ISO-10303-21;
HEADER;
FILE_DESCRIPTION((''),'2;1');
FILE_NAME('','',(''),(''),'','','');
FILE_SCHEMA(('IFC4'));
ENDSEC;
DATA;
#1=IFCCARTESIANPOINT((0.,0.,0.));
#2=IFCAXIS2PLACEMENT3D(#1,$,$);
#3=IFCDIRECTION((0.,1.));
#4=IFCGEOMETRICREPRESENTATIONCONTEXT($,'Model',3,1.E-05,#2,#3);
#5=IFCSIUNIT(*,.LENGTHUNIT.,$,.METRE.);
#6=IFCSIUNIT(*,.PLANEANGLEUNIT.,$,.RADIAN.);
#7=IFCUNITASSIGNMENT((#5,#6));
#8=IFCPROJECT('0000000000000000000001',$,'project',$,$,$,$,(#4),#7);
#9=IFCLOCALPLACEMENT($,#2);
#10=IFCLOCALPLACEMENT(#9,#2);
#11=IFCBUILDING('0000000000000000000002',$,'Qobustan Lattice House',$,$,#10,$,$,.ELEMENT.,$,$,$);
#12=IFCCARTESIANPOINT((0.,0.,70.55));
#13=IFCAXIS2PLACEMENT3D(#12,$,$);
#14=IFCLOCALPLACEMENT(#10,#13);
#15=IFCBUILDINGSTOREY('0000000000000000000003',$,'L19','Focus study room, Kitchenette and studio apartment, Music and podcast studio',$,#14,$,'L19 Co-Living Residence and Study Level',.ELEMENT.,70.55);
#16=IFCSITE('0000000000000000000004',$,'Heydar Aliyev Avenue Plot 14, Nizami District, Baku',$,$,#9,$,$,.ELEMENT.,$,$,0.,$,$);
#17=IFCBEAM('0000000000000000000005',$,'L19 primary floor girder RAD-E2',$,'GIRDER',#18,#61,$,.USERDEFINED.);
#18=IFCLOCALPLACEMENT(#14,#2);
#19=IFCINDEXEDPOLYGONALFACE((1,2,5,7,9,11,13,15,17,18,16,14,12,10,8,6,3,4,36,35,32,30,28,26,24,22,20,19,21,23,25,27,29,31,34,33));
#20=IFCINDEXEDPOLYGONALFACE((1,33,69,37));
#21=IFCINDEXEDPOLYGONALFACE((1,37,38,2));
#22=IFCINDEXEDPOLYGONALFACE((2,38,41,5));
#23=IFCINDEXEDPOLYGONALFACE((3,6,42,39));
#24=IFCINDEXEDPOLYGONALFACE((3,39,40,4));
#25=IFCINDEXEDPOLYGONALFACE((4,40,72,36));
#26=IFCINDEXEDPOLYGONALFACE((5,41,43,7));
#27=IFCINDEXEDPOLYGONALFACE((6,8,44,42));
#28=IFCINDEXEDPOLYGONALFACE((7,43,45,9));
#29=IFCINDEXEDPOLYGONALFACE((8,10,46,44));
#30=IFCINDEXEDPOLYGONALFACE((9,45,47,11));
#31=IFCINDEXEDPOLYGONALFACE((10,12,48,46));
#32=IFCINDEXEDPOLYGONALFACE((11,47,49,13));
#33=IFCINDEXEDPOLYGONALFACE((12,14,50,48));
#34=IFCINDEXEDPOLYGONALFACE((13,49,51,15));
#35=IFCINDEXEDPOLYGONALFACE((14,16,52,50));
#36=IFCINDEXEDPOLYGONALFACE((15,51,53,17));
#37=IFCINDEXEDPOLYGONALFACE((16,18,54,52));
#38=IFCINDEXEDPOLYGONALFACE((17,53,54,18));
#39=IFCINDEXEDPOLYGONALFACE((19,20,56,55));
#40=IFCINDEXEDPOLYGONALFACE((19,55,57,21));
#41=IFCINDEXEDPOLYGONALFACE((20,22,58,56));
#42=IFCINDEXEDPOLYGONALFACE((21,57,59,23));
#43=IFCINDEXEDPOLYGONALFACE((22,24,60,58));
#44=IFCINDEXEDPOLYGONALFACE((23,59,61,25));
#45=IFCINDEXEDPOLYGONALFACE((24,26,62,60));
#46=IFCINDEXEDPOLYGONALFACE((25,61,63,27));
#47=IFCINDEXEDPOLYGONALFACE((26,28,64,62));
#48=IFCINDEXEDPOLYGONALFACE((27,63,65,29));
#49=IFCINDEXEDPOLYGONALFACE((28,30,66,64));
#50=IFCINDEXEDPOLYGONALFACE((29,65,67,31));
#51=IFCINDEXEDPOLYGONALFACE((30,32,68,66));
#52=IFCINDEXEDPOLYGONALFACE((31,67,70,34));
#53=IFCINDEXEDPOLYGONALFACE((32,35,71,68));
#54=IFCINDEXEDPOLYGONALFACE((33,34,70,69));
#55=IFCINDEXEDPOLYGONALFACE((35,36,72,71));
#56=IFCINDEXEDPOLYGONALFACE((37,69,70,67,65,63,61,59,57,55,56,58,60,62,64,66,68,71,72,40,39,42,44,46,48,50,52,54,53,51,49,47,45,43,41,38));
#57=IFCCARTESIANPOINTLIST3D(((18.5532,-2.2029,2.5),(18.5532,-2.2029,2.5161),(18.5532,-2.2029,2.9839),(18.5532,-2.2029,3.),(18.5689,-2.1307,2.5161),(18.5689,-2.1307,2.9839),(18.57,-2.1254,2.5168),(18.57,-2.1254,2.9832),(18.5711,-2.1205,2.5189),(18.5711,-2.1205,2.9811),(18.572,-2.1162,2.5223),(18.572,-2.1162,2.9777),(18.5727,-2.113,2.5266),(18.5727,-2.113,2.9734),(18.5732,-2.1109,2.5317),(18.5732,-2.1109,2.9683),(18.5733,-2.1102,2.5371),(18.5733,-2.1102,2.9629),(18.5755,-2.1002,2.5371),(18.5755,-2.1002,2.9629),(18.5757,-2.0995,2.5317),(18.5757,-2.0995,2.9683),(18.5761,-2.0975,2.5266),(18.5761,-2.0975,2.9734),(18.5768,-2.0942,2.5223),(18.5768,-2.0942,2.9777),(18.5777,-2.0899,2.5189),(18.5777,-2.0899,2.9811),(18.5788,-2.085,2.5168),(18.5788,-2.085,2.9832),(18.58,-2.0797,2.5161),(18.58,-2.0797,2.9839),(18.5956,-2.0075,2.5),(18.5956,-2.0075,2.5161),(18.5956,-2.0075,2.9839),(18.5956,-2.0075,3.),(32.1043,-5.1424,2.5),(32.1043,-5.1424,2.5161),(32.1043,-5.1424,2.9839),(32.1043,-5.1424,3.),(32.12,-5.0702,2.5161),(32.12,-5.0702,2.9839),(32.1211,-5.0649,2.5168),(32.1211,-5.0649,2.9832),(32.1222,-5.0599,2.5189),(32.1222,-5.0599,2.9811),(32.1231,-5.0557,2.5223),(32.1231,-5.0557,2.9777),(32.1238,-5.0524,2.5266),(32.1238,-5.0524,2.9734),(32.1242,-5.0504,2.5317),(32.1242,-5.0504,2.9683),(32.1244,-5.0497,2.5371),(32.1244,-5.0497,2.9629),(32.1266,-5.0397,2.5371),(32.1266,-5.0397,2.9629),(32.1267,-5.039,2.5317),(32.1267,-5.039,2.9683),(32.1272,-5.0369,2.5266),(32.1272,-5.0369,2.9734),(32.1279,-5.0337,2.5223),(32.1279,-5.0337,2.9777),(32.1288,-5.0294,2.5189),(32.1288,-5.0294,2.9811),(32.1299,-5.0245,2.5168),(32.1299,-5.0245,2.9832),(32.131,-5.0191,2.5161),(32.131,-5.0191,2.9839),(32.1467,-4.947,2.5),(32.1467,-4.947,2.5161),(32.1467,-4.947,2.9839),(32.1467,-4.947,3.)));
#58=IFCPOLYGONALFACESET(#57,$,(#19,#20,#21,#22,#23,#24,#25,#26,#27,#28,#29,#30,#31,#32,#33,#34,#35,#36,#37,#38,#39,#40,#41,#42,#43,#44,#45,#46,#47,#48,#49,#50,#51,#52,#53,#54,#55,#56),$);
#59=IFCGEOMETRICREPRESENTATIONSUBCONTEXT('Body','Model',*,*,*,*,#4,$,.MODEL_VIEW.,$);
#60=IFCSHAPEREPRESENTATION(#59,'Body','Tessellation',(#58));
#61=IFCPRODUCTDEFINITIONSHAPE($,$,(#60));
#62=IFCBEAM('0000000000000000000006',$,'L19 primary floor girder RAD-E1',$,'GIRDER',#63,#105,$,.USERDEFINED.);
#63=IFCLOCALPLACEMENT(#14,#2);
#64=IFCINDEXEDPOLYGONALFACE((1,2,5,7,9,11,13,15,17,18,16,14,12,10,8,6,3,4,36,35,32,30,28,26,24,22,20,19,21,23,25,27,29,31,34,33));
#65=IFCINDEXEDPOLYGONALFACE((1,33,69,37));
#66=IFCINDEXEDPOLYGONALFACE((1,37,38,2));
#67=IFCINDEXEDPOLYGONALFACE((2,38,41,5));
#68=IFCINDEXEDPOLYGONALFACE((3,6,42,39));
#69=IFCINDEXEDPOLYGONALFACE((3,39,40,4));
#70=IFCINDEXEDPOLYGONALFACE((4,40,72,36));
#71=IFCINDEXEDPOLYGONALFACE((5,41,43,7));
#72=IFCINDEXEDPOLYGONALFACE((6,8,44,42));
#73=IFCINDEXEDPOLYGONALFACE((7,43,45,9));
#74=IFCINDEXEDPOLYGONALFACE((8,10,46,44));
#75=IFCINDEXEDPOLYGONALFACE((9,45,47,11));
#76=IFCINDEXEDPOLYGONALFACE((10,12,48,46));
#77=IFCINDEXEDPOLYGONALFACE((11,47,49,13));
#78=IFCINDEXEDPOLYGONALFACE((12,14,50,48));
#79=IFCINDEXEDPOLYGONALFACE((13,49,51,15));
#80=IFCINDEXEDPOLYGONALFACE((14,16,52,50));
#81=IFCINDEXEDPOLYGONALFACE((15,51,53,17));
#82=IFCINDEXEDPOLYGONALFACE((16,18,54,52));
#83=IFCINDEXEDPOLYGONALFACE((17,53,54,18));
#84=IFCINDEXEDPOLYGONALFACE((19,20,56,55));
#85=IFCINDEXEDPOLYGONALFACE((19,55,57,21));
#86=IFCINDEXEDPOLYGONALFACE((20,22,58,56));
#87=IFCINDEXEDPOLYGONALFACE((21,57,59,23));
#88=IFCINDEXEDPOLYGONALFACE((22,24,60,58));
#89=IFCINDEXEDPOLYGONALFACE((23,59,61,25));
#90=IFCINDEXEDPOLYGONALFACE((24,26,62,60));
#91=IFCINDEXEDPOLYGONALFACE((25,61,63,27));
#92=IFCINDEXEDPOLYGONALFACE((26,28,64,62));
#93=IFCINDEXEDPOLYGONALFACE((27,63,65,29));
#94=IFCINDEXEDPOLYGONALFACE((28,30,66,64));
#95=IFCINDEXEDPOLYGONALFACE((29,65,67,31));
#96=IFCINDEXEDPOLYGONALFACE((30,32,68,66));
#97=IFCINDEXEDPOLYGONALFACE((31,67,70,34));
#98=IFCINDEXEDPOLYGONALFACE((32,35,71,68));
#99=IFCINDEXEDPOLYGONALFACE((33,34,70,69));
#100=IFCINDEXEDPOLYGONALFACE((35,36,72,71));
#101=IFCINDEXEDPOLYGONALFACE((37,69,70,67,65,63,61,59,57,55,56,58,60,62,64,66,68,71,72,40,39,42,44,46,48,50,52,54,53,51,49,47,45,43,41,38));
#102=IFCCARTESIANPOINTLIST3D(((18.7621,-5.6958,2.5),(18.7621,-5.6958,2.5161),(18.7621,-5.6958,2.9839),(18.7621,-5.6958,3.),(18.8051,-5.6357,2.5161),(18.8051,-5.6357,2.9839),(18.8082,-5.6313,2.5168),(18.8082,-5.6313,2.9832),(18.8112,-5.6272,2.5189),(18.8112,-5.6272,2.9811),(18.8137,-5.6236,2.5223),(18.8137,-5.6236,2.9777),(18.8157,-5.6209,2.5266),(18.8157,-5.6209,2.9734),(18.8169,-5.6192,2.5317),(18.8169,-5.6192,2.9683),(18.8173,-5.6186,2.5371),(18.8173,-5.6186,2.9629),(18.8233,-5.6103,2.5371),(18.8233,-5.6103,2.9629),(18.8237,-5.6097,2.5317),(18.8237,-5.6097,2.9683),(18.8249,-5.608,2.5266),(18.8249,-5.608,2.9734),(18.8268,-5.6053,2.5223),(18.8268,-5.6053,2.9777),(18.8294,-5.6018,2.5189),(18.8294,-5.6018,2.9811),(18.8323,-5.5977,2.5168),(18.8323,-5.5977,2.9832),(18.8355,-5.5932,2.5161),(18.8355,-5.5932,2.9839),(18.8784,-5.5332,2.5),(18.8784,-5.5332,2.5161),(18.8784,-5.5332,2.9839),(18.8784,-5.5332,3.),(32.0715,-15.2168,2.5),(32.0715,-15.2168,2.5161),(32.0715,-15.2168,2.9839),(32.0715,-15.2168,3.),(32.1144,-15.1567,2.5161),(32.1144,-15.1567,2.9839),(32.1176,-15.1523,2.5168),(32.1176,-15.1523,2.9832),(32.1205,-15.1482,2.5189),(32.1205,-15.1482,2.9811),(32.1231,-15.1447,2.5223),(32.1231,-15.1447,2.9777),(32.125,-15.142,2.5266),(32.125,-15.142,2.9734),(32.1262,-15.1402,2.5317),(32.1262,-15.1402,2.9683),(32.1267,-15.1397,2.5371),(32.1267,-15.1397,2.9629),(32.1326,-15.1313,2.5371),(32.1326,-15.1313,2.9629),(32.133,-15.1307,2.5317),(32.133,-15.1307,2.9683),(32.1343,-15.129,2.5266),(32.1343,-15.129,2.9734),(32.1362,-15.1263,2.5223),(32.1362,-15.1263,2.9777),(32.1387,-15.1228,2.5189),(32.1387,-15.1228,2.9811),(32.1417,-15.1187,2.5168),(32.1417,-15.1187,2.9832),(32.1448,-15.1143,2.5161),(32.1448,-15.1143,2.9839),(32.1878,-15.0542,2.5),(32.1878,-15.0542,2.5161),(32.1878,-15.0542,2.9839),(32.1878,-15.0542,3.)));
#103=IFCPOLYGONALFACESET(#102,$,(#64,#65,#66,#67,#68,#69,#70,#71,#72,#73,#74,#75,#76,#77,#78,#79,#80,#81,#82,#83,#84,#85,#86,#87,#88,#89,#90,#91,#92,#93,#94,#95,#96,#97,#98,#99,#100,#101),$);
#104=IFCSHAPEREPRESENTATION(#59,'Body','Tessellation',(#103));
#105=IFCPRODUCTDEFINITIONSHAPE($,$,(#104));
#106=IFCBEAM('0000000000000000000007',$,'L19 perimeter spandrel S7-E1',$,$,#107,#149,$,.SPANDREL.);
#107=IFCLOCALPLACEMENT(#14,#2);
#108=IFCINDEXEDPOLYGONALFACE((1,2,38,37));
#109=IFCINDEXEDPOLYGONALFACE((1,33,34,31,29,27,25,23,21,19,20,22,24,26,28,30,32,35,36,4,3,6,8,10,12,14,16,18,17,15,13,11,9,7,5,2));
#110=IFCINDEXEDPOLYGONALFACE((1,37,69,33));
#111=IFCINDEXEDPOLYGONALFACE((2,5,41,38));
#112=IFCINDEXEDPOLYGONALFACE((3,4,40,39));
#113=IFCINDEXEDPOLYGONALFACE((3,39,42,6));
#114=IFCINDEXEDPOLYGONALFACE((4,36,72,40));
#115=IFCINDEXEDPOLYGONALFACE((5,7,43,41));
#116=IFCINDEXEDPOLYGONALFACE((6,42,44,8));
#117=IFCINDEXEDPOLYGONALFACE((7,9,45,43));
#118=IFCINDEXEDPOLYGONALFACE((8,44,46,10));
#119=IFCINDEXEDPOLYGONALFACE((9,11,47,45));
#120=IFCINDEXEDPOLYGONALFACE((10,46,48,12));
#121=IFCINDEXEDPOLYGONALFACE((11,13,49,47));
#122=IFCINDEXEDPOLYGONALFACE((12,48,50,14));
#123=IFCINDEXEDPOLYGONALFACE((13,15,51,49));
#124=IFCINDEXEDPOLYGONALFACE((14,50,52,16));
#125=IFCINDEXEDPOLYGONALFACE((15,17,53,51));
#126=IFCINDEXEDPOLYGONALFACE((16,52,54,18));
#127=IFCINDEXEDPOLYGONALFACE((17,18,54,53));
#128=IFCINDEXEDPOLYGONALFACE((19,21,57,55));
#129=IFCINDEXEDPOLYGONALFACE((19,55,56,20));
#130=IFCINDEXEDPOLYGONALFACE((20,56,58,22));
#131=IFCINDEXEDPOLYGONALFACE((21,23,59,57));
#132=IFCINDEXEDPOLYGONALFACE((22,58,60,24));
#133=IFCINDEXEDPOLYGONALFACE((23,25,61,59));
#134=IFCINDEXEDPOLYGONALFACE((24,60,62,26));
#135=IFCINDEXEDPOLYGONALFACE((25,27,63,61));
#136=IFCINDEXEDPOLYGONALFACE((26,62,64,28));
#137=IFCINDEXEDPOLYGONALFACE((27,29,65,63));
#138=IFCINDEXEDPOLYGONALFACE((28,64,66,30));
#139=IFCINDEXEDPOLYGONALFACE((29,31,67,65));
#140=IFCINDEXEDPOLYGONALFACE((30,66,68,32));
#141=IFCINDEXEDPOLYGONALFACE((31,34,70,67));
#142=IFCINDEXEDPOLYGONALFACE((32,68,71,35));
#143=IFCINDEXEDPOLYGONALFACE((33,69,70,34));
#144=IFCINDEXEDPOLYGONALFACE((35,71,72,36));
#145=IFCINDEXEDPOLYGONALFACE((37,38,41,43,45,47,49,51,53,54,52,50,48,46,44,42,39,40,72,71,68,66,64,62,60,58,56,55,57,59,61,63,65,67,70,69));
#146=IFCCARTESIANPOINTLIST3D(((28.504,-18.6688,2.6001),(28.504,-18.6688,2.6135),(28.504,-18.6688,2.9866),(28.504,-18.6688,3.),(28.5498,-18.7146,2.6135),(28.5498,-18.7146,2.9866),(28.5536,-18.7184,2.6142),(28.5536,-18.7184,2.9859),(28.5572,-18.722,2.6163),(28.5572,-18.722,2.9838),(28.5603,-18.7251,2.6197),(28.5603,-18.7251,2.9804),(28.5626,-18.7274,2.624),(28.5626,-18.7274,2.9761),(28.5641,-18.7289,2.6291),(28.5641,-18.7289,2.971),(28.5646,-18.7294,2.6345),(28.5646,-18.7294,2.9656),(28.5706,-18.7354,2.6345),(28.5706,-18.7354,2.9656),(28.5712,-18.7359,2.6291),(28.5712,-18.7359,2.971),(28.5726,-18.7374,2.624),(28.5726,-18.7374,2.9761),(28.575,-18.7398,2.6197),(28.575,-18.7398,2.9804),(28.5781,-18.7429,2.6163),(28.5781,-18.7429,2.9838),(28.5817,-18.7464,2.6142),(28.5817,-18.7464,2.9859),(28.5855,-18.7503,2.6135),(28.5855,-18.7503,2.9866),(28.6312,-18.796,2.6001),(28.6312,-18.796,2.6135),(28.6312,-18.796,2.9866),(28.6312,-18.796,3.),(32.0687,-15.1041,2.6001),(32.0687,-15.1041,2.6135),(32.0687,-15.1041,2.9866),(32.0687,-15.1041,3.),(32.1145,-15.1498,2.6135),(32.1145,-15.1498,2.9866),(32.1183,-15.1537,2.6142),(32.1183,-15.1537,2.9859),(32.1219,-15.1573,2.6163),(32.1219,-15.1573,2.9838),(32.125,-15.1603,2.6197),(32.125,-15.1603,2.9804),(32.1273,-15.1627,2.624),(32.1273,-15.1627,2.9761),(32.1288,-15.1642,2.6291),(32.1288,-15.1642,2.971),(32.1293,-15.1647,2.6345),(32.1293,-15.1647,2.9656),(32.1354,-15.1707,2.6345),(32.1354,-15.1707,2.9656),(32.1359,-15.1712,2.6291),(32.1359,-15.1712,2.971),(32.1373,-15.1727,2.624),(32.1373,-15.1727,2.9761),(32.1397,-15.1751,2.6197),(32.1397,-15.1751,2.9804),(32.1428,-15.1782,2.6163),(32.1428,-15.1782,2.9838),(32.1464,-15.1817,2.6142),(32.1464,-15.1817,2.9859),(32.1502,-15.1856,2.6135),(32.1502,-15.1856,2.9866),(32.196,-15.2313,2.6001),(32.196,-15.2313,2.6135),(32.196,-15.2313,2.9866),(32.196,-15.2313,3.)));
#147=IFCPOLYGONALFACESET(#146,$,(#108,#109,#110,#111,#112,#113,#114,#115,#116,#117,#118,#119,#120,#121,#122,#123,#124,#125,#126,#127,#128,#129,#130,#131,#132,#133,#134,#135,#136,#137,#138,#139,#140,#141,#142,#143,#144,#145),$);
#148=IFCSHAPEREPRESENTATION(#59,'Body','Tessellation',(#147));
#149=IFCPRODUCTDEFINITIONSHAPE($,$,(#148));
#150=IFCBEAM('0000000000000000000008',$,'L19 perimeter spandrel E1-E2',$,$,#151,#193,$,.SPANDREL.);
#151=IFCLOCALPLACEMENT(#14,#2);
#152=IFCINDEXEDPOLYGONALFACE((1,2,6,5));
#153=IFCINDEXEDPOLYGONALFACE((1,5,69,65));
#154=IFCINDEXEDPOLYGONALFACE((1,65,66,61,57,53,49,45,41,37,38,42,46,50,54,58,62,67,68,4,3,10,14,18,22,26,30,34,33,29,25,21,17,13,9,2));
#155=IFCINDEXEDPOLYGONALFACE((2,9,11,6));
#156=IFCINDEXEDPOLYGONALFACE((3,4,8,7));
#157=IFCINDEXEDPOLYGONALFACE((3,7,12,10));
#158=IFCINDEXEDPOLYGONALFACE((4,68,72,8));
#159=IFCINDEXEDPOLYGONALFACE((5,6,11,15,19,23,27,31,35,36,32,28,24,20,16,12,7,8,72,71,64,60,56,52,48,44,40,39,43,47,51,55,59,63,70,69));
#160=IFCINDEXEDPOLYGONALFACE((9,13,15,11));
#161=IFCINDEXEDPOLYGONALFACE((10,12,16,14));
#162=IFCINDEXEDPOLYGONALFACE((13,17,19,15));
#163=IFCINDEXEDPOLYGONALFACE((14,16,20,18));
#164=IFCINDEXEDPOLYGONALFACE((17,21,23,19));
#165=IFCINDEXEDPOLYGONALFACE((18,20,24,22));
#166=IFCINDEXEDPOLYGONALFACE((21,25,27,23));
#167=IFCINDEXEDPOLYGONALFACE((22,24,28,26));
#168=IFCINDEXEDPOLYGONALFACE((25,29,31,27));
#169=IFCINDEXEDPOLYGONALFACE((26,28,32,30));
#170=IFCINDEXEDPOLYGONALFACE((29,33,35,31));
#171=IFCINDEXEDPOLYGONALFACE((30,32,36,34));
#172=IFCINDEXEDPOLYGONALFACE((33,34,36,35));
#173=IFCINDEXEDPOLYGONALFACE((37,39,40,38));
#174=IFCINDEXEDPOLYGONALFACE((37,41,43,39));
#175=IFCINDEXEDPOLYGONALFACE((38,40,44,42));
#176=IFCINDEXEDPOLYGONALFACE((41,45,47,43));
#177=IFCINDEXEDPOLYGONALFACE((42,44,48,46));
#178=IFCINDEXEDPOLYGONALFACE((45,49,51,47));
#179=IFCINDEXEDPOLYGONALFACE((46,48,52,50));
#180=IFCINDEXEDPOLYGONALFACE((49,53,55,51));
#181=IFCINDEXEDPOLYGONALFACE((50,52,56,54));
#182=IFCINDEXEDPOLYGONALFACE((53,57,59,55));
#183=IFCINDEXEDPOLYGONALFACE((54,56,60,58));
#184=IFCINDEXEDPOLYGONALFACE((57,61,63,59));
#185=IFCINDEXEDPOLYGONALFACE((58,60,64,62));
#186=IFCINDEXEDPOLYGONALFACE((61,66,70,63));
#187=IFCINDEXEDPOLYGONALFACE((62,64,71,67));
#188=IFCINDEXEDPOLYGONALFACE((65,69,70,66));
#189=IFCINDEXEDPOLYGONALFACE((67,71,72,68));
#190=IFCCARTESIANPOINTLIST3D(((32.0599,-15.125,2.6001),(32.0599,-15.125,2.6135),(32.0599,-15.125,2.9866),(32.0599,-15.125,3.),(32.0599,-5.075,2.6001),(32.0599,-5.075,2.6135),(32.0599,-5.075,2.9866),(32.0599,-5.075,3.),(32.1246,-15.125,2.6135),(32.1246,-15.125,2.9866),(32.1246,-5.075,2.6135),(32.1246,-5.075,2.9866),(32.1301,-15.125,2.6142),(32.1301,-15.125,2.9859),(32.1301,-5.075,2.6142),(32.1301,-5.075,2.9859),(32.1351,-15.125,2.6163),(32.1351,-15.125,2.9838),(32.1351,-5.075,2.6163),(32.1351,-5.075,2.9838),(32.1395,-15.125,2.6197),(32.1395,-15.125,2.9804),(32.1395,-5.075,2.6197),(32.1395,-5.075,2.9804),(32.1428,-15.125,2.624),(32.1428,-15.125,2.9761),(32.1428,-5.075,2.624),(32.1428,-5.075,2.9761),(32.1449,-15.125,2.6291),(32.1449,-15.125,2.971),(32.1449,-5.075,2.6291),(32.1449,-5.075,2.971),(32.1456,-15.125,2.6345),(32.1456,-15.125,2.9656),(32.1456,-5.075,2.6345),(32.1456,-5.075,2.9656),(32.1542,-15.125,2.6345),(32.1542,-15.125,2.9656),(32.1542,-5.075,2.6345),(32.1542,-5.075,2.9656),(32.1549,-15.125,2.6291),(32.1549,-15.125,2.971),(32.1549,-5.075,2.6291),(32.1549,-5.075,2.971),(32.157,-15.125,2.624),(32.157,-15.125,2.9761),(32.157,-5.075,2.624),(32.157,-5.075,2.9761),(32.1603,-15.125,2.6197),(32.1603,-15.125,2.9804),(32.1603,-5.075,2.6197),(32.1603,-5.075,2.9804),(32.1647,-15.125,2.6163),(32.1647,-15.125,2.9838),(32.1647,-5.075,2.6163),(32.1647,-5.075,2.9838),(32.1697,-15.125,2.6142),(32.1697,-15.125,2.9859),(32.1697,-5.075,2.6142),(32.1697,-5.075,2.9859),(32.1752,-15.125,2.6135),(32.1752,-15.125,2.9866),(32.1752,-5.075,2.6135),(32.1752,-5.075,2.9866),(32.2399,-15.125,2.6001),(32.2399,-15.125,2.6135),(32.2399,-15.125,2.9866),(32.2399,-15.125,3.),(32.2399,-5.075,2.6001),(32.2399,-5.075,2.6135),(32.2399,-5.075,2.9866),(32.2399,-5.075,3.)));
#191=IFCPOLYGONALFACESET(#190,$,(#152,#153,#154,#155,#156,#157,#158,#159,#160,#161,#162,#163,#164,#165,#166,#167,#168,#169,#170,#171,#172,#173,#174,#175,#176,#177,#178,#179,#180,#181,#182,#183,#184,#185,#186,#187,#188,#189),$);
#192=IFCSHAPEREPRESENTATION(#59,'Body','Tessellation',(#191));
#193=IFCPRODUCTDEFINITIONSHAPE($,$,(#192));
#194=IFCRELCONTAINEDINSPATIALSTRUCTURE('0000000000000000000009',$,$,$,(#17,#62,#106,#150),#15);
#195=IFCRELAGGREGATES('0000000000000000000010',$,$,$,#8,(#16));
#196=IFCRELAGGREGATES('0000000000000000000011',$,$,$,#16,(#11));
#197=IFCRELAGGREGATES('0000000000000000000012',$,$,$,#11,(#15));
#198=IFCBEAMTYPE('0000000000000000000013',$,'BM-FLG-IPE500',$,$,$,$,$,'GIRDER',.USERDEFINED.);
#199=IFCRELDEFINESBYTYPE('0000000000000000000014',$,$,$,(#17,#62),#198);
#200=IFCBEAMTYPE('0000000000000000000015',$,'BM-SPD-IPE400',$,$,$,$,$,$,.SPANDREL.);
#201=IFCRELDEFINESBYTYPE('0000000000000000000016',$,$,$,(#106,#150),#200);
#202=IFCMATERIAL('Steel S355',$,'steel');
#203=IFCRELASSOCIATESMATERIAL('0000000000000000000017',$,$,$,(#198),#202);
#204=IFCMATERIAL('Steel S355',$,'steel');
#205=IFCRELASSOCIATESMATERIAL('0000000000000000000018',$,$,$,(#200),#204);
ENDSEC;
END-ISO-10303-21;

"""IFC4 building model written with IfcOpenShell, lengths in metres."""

from ifc_helpers import new_model, si_unit, direction, frame, origin, origin_2d, place, context, subcontext, project, spatial, i_section, extrude, material, material_profile, profile_set, type_object, element, save


model = new_model("IFC4")

# Units and contexts
model_context = context("Model", 3, precision=1e-05, world=origin(), true_north=direction((0.0, 1.0)))
body_context = subcontext(model_context, "Body", "Model", "MODEL_VIEW")
ifc_project = project(units=[si_unit("LENGTHUNIT", "METRE"), si_unit("PLANEANGLEUNIT", "RADIAN")], contexts=[model_context])

# Site, building, storey
site_placement = place(None, origin())
site = spatial("IfcSite", under=ifc_project, at=site_placement, Name="Heydar Aliyev Avenue Plot 14, Nizami District, Baku", CompositionType="ELEMENT", RefElevation=0.0)
building_placement = place(site_placement, origin())
building = spatial("IfcBuilding", under=site, at=building_placement, Name="Qobustan Lattice House", CompositionType="ELEMENT")
storey_placement = place(building_placement, frame((0.0, 0.0, 70.55)))
storey = spatial("IfcBuildingStorey", under=building, at=storey_placement, Name="L19", Description="Focus study room, Kitchenette and studio apartment, Music and podcast studio", LongName="L19 Co-Living Residence and Study Level", CompositionType="ELEMENT", Elevation=70.55)

# Beams
ifc_material_1 = material(Name="Steel S355", Category="steel")
ifc_material_profile_1 = material_profile(ifc_material_1, i_section(OverallWidth=0.2, OverallDepth=0.5, WebThickness=0.0103, FlangeThickness=0.0161, FilletRadius=0.021, at=origin_2d()), Name="IPE500")
ifc_profile_set_1 = profile_set([ifc_material_profile_1], Name="Steel S355")
beam_type_1 = type_object("IfcBeamType", Name="BM-FLG-IPE500", ElementType="GIRDER", PredefinedType="USERDEFINED", material=ifc_profile_set_1)
beam_1_placement = place(storey_placement, frame((32.1255, -5.0447, 2.75), z_axis=(-0.977272, 0.211987, 0.0), x_axis=(-0.211987, -0.977272, 0.0)))
element("IfcBeam", 1, at=beam_1_placement, inside=storey, type_object=beam_type_1, Name="L19 primary floor girder RAD-E2", ObjectType="GIRDER", PredefinedType="USERDEFINED", context=body_context, shape_type="SweptSolid", body=[
    extrude(i_section(OverallWidth=0.2, OverallDepth=0.5, WebThickness=0.0103, FlangeThickness=0.0161, FilletRadius=0.021, at=origin_2d()), origin(), (0.0, 0.0, 1.0), 13.8662),
])
beam_2_placement = place(storey_placement, frame((32.1296, -15.1355, 2.75), z_axis=(-0.813319, 0.581818, 0.0), x_axis=(-0.581818, -0.813319, 0.0)))
element("IfcBeam", 2, at=beam_2_placement, inside=storey, type_object=beam_type_1, Name="L19 primary floor girder RAD-E1", ObjectType="GIRDER", PredefinedType="USERDEFINED", context=body_context, shape_type="SweptSolid", body=[
    extrude(i_section(OverallWidth=0.2, OverallDepth=0.5, WebThickness=0.0103, FlangeThickness=0.0161, FilletRadius=0.021, at=origin_2d()), origin(), (0.0, 0.0, 1.0), 16.3643),
])
ifc_material_2 = material(Name="Steel S355", Category="steel")
ifc_material_profile_2 = material_profile(ifc_material_2, i_section(OverallWidth=0.1799, OverallDepth=0.3999, WebThickness=0.0085, FlangeThickness=0.0134, FilletRadius=0.021, at=origin_2d()), Name="IPE400")
ifc_profile_set_2 = profile_set([ifc_material_profile_2], Name="Steel S355")
beam_type_2 = type_object("IfcBeamType", Name="BM-SPD-IPE400", PredefinedType="SPANDREL", material=ifc_profile_set_2)
beam_3_placement = place(storey_placement, frame((28.5676, -18.7324, 2.8), z_axis=(0.707107, 0.707107, 0.0), x_axis=(-0.707107, 0.707107, 0.0)))
element("IfcBeam", 3, at=beam_3_placement, inside=storey, type_object=beam_type_2, Name="L19 perimeter spandrel S7-E1", PredefinedType="SPANDREL", context=body_context, shape_type="SweptSolid", body=[
    extrude(i_section(OverallWidth=0.1799, OverallDepth=0.3999, WebThickness=0.0085, FlangeThickness=0.0134, FilletRadius=0.021, at=origin_2d()), origin(), (0.0, 0.0, 1.0), 5.0413),
])
beam_4_placement = place(storey_placement, frame((32.1499, -15.125, 2.8), z_axis=(0.0, 1.0, 0.0), x_axis=(-1.0, 0.0, 0.0)))
element("IfcBeam", 4, at=beam_4_placement, inside=storey, type_object=beam_type_2, Name="L19 perimeter spandrel E1-E2", PredefinedType="SPANDREL", context=body_context, shape_type="SweptSolid", body=[
    extrude(i_section(OverallWidth=0.1799, OverallDepth=0.3999, WebThickness=0.0085, FlangeThickness=0.0134, FilletRadius=0.021, at=origin_2d()), origin(), (0.0, 0.0, 1.0), 10.05),
])

save(model, "model.ifc")
